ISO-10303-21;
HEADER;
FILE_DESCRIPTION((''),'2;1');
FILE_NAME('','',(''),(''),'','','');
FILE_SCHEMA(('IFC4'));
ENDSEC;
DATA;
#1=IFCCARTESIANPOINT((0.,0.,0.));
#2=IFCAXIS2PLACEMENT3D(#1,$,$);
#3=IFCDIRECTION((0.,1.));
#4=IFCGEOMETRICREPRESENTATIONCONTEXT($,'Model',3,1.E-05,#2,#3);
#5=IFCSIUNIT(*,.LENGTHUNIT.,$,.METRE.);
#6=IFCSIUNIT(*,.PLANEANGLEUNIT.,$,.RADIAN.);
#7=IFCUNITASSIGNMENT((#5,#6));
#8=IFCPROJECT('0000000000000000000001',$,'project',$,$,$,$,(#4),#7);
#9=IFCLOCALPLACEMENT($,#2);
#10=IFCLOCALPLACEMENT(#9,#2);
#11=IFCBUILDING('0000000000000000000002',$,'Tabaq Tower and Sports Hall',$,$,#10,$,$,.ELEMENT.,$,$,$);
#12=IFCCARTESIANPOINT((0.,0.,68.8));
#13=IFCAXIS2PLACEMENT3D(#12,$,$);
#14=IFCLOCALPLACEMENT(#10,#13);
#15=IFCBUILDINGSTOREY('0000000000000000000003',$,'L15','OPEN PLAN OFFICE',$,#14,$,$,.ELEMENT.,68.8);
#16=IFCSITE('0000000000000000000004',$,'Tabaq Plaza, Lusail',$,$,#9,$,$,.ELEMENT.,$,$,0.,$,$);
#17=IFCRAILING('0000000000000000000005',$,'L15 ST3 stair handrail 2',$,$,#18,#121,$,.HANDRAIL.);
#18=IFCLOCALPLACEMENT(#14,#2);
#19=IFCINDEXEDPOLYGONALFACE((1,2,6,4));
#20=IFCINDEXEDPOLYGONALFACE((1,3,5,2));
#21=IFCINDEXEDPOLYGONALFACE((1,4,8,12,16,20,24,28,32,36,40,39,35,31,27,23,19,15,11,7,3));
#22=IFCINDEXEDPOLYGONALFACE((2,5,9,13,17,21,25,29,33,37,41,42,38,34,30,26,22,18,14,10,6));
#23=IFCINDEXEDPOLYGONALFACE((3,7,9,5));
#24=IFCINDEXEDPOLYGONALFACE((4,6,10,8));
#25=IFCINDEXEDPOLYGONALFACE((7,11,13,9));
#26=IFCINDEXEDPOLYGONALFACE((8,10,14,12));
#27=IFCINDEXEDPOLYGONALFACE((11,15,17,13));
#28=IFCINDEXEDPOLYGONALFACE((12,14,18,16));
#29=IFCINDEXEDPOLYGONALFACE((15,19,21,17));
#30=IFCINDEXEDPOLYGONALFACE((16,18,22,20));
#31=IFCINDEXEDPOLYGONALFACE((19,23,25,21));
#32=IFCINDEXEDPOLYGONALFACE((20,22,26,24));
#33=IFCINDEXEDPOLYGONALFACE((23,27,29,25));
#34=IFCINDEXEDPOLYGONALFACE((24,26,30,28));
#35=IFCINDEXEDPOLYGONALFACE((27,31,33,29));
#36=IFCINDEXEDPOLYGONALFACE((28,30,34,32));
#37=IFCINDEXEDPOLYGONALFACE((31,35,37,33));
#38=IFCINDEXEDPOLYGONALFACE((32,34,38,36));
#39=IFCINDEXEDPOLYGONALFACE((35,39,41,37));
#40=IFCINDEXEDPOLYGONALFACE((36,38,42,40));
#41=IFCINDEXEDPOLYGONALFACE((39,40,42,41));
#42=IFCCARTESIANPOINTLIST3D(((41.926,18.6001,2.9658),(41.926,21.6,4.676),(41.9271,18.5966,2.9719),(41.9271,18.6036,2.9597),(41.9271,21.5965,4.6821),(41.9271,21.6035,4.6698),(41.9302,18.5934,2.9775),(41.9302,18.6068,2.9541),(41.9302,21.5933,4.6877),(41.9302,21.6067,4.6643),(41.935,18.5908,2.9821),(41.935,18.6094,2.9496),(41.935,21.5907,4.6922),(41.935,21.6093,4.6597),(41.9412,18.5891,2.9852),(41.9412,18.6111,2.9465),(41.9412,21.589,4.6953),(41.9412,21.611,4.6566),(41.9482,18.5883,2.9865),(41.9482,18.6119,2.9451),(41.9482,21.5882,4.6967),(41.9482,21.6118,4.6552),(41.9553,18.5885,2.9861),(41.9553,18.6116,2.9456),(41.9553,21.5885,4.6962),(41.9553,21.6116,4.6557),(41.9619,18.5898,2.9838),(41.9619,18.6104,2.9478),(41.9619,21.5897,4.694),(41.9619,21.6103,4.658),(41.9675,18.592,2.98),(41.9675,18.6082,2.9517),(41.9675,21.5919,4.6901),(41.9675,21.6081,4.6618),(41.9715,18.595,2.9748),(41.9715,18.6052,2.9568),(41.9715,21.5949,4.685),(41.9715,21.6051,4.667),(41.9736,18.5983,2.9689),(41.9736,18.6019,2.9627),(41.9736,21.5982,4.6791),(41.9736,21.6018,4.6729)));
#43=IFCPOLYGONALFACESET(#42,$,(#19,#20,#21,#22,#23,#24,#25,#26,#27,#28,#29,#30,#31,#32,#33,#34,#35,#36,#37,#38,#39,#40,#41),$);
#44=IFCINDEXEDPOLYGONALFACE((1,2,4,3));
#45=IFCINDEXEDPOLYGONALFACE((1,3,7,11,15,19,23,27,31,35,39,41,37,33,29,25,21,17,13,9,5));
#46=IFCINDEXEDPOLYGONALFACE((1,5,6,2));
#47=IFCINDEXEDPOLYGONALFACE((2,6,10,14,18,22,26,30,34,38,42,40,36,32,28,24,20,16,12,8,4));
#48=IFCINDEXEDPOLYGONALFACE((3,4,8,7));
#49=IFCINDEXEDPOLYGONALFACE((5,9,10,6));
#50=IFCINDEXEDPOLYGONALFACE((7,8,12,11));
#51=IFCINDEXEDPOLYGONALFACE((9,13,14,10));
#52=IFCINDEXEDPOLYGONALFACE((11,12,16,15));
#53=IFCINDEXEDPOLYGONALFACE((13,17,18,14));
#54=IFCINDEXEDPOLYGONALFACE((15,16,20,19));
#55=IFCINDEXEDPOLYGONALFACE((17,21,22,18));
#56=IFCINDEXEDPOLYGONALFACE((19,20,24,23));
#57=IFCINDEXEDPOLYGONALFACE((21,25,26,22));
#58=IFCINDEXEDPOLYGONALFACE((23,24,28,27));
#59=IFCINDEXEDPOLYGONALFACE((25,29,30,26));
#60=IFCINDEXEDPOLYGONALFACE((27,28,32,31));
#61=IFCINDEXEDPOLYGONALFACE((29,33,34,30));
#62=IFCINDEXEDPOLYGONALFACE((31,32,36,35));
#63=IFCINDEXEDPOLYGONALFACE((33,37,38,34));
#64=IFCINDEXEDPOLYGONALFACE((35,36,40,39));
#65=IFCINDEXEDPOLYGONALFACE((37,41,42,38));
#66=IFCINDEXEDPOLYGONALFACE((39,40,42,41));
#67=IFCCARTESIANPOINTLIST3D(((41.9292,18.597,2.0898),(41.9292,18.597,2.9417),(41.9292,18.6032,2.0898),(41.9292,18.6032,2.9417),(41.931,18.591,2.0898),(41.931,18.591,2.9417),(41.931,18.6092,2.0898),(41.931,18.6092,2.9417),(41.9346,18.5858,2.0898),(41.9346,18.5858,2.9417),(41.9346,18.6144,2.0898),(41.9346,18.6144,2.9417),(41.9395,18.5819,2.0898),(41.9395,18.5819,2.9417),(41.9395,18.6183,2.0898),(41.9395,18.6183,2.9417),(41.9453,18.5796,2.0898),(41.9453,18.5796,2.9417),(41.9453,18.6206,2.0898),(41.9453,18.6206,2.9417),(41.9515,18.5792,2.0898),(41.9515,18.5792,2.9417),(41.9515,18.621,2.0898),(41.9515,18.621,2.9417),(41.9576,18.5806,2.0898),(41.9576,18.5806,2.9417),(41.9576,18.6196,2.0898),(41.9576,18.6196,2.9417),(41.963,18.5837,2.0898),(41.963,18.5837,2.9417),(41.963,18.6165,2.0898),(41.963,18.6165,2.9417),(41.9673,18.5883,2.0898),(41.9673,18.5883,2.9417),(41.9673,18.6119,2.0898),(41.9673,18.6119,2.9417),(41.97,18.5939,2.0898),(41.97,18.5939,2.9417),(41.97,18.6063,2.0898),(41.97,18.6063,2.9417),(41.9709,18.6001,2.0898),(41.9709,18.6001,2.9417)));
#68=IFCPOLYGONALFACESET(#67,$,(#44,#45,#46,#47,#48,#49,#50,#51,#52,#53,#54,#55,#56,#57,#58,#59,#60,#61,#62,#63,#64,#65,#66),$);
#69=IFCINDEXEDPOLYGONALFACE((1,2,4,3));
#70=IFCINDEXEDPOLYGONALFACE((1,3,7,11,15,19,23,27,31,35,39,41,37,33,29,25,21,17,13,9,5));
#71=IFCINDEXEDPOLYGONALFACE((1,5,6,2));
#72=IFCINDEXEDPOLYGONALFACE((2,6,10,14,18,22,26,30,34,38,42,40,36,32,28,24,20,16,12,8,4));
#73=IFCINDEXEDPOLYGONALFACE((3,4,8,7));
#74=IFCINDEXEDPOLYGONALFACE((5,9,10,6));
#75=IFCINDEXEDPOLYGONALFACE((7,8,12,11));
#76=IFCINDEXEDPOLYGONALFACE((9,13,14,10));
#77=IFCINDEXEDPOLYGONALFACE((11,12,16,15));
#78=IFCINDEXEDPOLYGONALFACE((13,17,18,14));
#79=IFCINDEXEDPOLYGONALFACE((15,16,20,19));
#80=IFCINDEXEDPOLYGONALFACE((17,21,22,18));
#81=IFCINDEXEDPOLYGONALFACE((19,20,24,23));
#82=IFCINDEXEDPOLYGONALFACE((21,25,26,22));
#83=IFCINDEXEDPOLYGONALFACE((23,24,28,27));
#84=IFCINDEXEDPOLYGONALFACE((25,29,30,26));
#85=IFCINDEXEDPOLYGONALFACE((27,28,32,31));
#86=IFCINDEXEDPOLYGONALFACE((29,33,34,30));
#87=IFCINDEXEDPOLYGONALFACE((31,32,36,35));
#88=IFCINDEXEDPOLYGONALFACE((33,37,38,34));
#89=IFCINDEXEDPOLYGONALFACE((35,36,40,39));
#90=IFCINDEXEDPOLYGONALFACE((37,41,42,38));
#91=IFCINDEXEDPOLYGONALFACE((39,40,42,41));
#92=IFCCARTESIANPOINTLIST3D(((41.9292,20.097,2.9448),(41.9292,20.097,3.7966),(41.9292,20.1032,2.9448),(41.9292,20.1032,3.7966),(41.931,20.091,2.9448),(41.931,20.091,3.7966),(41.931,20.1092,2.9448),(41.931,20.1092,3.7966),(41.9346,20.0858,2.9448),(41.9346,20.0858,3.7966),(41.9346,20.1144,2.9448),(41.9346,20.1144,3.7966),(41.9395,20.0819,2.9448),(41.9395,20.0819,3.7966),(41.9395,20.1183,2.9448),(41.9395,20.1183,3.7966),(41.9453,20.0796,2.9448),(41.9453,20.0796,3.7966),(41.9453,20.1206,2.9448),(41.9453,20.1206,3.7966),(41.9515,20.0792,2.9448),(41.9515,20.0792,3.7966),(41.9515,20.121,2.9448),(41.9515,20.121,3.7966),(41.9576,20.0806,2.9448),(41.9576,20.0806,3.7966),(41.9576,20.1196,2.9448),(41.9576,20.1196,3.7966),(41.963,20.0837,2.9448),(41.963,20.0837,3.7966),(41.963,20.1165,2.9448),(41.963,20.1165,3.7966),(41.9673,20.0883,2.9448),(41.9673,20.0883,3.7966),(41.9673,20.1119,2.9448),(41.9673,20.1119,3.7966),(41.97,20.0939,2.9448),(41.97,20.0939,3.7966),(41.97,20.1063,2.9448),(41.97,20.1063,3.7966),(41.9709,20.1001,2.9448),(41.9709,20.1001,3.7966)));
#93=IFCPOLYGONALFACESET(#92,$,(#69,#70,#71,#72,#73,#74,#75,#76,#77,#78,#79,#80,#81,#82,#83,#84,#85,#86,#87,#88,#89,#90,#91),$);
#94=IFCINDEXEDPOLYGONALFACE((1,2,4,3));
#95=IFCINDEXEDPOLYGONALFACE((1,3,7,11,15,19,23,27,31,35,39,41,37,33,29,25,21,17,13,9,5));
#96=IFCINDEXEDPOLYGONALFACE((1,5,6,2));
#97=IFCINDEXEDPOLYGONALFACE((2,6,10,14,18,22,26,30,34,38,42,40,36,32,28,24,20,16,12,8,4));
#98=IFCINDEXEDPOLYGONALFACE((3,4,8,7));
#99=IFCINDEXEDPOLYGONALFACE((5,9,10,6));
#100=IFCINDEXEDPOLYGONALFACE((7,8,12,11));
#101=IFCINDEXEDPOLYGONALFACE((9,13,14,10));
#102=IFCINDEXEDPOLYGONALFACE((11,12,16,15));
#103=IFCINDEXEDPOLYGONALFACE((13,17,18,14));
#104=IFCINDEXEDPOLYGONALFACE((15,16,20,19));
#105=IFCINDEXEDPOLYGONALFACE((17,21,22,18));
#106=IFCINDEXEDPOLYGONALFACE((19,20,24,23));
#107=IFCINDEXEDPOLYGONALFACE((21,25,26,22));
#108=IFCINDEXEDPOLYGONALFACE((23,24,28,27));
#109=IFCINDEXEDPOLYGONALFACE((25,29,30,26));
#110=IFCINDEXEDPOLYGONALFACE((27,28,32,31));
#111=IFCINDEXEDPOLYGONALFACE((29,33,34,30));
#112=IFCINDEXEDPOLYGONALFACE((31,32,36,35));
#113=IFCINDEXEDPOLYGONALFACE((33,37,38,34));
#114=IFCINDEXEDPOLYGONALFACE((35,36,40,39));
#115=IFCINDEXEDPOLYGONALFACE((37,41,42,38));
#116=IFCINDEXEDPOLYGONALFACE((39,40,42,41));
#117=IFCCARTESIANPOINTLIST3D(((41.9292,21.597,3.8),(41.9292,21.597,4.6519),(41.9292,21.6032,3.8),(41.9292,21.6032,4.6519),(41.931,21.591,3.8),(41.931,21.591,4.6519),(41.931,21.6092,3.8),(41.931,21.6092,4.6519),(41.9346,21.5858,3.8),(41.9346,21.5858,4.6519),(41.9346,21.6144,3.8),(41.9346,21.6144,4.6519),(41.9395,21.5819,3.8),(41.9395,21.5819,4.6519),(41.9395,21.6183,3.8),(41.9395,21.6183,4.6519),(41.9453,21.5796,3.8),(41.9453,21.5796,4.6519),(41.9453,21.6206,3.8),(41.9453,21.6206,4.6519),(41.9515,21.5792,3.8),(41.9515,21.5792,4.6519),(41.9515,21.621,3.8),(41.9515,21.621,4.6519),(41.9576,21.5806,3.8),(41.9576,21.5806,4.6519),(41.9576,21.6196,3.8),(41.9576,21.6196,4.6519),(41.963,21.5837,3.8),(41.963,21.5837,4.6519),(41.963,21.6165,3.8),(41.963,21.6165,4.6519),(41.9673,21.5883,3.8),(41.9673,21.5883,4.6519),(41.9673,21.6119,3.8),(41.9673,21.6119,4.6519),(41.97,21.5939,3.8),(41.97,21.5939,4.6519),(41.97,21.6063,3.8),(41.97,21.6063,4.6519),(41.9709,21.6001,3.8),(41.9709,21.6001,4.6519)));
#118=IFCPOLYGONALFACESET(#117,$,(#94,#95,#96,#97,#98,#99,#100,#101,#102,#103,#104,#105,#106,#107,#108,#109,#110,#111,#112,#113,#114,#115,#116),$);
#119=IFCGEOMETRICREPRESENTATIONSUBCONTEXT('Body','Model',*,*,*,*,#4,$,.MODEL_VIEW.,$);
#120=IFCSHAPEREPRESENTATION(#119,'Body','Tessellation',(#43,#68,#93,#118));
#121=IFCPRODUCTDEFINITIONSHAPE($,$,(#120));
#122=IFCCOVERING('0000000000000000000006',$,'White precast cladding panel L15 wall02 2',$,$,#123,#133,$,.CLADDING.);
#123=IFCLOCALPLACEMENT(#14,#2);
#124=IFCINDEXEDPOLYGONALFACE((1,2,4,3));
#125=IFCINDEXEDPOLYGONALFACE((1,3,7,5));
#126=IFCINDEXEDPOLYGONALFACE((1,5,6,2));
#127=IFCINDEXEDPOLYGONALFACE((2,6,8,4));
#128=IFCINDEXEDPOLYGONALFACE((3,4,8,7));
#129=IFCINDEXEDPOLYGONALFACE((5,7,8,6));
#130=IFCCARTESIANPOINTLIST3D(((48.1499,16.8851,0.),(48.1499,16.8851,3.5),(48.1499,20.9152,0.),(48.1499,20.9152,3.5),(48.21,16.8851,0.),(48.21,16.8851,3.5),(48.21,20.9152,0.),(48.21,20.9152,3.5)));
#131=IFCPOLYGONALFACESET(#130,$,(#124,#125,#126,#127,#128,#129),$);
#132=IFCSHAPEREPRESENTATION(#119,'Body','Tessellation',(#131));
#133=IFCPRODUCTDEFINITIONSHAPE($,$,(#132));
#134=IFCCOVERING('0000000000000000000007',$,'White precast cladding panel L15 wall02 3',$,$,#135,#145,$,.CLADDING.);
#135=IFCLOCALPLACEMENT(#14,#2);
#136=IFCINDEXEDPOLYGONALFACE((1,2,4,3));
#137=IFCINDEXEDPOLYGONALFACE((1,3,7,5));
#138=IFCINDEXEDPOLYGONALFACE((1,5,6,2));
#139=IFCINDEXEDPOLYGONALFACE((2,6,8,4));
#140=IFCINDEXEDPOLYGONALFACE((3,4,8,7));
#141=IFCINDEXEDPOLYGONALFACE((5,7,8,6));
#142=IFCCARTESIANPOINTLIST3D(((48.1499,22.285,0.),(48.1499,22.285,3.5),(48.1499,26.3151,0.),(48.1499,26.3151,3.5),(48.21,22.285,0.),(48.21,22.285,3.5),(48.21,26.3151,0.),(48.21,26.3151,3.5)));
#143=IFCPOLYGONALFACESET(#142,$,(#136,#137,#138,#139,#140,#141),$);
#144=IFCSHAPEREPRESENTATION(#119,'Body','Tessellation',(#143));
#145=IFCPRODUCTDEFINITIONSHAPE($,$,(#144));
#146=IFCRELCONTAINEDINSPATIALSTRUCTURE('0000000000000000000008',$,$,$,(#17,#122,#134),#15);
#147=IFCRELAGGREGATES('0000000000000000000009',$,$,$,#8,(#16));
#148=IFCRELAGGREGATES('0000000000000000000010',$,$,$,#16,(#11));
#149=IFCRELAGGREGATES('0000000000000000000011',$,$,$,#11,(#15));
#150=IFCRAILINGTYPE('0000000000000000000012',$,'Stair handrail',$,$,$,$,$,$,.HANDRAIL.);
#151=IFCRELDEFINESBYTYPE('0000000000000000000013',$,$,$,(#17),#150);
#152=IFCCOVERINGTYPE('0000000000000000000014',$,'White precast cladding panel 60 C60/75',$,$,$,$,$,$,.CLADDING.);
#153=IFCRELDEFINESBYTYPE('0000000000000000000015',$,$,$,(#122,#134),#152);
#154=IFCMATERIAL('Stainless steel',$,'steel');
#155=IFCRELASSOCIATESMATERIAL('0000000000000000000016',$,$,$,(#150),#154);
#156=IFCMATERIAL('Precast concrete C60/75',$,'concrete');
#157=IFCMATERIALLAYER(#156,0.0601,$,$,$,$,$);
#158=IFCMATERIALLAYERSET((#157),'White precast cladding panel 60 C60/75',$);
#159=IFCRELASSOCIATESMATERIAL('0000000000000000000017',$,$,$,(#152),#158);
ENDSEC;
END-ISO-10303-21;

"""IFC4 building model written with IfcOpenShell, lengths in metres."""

from ifc_helpers import new_model, si_unit, direction, frame, frame_2d, origin, origin_2d, place, context, subcontext, project, spatial, rectangle, circle, extrude, material, layer, layer_set, type_object, element, save


model = new_model("IFC4")

# Units and contexts
model_context = context("Model", 3, precision=1e-05, world=origin(), true_north=direction((0.0, 1.0)))
body_context = subcontext(model_context, "Body", "Model", "MODEL_VIEW")
ifc_project = project(units=[si_unit("LENGTHUNIT", "METRE"), si_unit("PLANEANGLEUNIT", "RADIAN")], contexts=[model_context])

# Site, building, storey
site_placement = place(None, origin())
site = spatial("IfcSite", under=ifc_project, at=site_placement, Name="Tabaq Plaza, Lusail", CompositionType="ELEMENT", RefElevation=0.0)
building_placement = place(site_placement, origin())
building = spatial("IfcBuilding", under=site, at=building_placement, Name="Tabaq Tower and Sports Hall", CompositionType="ELEMENT")
storey_placement = place(building_placement, frame((0.0, 0.0, 68.8)))
storey = spatial("IfcBuildingStorey", under=building, at=storey_placement, Name="L15", Description="OPEN PLAN OFFICE", CompositionType="ELEMENT", Elevation=68.8)

# Railing
ifc_material_1 = material(Name="Stainless steel", Category="steel")
railing_type_1 = type_object("IfcRailingType", Name="Stair handrail", PredefinedType="HANDRAIL", material=ifc_material_1)
railing_1_placement = place(storey_placement, frame((41.95, 18.6001, 2.0898)))
element("IfcRailing", 1, at=railing_1_placement, inside=storey, type_object=railing_type_1, Name="L15 ST3 stair handrail 2", PredefinedType="HANDRAIL", context=body_context, shape_type="SweptSolid", body=[
    extrude(circle(Radius=0.0239, at=origin_2d()), frame((0.0, 0.0, 0.876), z_axis=(0.0, 0.868752, 0.495248), x_axis=(-1.0, 0.0, 0.0)), (0.0, 0.0, 1.0), 3.4531),
    extrude(circle(Radius=0.021, at=origin_2d()), origin(), (0.0, 0.0, 1.0), 0.8518),
    extrude(circle(Radius=0.021, at=origin_2d()), frame((0.0, 1.5, 0.855)), (0.0, 0.0, 1.0), 0.8518),
    extrude(circle(Radius=0.021, at=origin_2d()), frame((0.0, 3.0, 1.7102)), (0.0, 0.0, 1.0), 0.8518),
])

# Coverings
ifc_material_2 = material(Name="Precast concrete C60/75", Category="concrete")
ifc_layer_1 = layer(ifc_material_2, 0.0601)
ifc_layer_set_1 = layer_set([ifc_layer_1], Name="White precast cladding panel 60 C60/75")
covering_type_1 = type_object("IfcCoveringType", Name="White precast cladding panel 60 C60/75", PredefinedType="CLADDING", material=ifc_layer_set_1)
for number, where, z_axis, x_axis, name in (
    (2, (48.1799, 16.885, 0.0), (0.0, 0.0, 1.0), (0.0, 1.0, 0.0), "White precast cladding panel L15 wall02 2"),
    (3, (48.1799, 22.2849, 0.0), (0.0, 0.0, 1.0), (0.0, 1.0, 0.0), "White precast cladding panel L15 wall02 3"),
):
    element("IfcCovering", number, at=place(storey_placement, frame(where, z_axis=z_axis, x_axis=x_axis)), inside=storey, type_object=covering_type_1, Name=name, PredefinedType="CLADDING", context=body_context, shape_type="SweptSolid", body=[
        extrude(rectangle(XDim=4.03, YDim=0.0601, at=frame_2d((2.0151, 0.0))), origin(), (0.0, 0.0, 1.0), 3.5),
    ])

save(model, "model.ifc")
